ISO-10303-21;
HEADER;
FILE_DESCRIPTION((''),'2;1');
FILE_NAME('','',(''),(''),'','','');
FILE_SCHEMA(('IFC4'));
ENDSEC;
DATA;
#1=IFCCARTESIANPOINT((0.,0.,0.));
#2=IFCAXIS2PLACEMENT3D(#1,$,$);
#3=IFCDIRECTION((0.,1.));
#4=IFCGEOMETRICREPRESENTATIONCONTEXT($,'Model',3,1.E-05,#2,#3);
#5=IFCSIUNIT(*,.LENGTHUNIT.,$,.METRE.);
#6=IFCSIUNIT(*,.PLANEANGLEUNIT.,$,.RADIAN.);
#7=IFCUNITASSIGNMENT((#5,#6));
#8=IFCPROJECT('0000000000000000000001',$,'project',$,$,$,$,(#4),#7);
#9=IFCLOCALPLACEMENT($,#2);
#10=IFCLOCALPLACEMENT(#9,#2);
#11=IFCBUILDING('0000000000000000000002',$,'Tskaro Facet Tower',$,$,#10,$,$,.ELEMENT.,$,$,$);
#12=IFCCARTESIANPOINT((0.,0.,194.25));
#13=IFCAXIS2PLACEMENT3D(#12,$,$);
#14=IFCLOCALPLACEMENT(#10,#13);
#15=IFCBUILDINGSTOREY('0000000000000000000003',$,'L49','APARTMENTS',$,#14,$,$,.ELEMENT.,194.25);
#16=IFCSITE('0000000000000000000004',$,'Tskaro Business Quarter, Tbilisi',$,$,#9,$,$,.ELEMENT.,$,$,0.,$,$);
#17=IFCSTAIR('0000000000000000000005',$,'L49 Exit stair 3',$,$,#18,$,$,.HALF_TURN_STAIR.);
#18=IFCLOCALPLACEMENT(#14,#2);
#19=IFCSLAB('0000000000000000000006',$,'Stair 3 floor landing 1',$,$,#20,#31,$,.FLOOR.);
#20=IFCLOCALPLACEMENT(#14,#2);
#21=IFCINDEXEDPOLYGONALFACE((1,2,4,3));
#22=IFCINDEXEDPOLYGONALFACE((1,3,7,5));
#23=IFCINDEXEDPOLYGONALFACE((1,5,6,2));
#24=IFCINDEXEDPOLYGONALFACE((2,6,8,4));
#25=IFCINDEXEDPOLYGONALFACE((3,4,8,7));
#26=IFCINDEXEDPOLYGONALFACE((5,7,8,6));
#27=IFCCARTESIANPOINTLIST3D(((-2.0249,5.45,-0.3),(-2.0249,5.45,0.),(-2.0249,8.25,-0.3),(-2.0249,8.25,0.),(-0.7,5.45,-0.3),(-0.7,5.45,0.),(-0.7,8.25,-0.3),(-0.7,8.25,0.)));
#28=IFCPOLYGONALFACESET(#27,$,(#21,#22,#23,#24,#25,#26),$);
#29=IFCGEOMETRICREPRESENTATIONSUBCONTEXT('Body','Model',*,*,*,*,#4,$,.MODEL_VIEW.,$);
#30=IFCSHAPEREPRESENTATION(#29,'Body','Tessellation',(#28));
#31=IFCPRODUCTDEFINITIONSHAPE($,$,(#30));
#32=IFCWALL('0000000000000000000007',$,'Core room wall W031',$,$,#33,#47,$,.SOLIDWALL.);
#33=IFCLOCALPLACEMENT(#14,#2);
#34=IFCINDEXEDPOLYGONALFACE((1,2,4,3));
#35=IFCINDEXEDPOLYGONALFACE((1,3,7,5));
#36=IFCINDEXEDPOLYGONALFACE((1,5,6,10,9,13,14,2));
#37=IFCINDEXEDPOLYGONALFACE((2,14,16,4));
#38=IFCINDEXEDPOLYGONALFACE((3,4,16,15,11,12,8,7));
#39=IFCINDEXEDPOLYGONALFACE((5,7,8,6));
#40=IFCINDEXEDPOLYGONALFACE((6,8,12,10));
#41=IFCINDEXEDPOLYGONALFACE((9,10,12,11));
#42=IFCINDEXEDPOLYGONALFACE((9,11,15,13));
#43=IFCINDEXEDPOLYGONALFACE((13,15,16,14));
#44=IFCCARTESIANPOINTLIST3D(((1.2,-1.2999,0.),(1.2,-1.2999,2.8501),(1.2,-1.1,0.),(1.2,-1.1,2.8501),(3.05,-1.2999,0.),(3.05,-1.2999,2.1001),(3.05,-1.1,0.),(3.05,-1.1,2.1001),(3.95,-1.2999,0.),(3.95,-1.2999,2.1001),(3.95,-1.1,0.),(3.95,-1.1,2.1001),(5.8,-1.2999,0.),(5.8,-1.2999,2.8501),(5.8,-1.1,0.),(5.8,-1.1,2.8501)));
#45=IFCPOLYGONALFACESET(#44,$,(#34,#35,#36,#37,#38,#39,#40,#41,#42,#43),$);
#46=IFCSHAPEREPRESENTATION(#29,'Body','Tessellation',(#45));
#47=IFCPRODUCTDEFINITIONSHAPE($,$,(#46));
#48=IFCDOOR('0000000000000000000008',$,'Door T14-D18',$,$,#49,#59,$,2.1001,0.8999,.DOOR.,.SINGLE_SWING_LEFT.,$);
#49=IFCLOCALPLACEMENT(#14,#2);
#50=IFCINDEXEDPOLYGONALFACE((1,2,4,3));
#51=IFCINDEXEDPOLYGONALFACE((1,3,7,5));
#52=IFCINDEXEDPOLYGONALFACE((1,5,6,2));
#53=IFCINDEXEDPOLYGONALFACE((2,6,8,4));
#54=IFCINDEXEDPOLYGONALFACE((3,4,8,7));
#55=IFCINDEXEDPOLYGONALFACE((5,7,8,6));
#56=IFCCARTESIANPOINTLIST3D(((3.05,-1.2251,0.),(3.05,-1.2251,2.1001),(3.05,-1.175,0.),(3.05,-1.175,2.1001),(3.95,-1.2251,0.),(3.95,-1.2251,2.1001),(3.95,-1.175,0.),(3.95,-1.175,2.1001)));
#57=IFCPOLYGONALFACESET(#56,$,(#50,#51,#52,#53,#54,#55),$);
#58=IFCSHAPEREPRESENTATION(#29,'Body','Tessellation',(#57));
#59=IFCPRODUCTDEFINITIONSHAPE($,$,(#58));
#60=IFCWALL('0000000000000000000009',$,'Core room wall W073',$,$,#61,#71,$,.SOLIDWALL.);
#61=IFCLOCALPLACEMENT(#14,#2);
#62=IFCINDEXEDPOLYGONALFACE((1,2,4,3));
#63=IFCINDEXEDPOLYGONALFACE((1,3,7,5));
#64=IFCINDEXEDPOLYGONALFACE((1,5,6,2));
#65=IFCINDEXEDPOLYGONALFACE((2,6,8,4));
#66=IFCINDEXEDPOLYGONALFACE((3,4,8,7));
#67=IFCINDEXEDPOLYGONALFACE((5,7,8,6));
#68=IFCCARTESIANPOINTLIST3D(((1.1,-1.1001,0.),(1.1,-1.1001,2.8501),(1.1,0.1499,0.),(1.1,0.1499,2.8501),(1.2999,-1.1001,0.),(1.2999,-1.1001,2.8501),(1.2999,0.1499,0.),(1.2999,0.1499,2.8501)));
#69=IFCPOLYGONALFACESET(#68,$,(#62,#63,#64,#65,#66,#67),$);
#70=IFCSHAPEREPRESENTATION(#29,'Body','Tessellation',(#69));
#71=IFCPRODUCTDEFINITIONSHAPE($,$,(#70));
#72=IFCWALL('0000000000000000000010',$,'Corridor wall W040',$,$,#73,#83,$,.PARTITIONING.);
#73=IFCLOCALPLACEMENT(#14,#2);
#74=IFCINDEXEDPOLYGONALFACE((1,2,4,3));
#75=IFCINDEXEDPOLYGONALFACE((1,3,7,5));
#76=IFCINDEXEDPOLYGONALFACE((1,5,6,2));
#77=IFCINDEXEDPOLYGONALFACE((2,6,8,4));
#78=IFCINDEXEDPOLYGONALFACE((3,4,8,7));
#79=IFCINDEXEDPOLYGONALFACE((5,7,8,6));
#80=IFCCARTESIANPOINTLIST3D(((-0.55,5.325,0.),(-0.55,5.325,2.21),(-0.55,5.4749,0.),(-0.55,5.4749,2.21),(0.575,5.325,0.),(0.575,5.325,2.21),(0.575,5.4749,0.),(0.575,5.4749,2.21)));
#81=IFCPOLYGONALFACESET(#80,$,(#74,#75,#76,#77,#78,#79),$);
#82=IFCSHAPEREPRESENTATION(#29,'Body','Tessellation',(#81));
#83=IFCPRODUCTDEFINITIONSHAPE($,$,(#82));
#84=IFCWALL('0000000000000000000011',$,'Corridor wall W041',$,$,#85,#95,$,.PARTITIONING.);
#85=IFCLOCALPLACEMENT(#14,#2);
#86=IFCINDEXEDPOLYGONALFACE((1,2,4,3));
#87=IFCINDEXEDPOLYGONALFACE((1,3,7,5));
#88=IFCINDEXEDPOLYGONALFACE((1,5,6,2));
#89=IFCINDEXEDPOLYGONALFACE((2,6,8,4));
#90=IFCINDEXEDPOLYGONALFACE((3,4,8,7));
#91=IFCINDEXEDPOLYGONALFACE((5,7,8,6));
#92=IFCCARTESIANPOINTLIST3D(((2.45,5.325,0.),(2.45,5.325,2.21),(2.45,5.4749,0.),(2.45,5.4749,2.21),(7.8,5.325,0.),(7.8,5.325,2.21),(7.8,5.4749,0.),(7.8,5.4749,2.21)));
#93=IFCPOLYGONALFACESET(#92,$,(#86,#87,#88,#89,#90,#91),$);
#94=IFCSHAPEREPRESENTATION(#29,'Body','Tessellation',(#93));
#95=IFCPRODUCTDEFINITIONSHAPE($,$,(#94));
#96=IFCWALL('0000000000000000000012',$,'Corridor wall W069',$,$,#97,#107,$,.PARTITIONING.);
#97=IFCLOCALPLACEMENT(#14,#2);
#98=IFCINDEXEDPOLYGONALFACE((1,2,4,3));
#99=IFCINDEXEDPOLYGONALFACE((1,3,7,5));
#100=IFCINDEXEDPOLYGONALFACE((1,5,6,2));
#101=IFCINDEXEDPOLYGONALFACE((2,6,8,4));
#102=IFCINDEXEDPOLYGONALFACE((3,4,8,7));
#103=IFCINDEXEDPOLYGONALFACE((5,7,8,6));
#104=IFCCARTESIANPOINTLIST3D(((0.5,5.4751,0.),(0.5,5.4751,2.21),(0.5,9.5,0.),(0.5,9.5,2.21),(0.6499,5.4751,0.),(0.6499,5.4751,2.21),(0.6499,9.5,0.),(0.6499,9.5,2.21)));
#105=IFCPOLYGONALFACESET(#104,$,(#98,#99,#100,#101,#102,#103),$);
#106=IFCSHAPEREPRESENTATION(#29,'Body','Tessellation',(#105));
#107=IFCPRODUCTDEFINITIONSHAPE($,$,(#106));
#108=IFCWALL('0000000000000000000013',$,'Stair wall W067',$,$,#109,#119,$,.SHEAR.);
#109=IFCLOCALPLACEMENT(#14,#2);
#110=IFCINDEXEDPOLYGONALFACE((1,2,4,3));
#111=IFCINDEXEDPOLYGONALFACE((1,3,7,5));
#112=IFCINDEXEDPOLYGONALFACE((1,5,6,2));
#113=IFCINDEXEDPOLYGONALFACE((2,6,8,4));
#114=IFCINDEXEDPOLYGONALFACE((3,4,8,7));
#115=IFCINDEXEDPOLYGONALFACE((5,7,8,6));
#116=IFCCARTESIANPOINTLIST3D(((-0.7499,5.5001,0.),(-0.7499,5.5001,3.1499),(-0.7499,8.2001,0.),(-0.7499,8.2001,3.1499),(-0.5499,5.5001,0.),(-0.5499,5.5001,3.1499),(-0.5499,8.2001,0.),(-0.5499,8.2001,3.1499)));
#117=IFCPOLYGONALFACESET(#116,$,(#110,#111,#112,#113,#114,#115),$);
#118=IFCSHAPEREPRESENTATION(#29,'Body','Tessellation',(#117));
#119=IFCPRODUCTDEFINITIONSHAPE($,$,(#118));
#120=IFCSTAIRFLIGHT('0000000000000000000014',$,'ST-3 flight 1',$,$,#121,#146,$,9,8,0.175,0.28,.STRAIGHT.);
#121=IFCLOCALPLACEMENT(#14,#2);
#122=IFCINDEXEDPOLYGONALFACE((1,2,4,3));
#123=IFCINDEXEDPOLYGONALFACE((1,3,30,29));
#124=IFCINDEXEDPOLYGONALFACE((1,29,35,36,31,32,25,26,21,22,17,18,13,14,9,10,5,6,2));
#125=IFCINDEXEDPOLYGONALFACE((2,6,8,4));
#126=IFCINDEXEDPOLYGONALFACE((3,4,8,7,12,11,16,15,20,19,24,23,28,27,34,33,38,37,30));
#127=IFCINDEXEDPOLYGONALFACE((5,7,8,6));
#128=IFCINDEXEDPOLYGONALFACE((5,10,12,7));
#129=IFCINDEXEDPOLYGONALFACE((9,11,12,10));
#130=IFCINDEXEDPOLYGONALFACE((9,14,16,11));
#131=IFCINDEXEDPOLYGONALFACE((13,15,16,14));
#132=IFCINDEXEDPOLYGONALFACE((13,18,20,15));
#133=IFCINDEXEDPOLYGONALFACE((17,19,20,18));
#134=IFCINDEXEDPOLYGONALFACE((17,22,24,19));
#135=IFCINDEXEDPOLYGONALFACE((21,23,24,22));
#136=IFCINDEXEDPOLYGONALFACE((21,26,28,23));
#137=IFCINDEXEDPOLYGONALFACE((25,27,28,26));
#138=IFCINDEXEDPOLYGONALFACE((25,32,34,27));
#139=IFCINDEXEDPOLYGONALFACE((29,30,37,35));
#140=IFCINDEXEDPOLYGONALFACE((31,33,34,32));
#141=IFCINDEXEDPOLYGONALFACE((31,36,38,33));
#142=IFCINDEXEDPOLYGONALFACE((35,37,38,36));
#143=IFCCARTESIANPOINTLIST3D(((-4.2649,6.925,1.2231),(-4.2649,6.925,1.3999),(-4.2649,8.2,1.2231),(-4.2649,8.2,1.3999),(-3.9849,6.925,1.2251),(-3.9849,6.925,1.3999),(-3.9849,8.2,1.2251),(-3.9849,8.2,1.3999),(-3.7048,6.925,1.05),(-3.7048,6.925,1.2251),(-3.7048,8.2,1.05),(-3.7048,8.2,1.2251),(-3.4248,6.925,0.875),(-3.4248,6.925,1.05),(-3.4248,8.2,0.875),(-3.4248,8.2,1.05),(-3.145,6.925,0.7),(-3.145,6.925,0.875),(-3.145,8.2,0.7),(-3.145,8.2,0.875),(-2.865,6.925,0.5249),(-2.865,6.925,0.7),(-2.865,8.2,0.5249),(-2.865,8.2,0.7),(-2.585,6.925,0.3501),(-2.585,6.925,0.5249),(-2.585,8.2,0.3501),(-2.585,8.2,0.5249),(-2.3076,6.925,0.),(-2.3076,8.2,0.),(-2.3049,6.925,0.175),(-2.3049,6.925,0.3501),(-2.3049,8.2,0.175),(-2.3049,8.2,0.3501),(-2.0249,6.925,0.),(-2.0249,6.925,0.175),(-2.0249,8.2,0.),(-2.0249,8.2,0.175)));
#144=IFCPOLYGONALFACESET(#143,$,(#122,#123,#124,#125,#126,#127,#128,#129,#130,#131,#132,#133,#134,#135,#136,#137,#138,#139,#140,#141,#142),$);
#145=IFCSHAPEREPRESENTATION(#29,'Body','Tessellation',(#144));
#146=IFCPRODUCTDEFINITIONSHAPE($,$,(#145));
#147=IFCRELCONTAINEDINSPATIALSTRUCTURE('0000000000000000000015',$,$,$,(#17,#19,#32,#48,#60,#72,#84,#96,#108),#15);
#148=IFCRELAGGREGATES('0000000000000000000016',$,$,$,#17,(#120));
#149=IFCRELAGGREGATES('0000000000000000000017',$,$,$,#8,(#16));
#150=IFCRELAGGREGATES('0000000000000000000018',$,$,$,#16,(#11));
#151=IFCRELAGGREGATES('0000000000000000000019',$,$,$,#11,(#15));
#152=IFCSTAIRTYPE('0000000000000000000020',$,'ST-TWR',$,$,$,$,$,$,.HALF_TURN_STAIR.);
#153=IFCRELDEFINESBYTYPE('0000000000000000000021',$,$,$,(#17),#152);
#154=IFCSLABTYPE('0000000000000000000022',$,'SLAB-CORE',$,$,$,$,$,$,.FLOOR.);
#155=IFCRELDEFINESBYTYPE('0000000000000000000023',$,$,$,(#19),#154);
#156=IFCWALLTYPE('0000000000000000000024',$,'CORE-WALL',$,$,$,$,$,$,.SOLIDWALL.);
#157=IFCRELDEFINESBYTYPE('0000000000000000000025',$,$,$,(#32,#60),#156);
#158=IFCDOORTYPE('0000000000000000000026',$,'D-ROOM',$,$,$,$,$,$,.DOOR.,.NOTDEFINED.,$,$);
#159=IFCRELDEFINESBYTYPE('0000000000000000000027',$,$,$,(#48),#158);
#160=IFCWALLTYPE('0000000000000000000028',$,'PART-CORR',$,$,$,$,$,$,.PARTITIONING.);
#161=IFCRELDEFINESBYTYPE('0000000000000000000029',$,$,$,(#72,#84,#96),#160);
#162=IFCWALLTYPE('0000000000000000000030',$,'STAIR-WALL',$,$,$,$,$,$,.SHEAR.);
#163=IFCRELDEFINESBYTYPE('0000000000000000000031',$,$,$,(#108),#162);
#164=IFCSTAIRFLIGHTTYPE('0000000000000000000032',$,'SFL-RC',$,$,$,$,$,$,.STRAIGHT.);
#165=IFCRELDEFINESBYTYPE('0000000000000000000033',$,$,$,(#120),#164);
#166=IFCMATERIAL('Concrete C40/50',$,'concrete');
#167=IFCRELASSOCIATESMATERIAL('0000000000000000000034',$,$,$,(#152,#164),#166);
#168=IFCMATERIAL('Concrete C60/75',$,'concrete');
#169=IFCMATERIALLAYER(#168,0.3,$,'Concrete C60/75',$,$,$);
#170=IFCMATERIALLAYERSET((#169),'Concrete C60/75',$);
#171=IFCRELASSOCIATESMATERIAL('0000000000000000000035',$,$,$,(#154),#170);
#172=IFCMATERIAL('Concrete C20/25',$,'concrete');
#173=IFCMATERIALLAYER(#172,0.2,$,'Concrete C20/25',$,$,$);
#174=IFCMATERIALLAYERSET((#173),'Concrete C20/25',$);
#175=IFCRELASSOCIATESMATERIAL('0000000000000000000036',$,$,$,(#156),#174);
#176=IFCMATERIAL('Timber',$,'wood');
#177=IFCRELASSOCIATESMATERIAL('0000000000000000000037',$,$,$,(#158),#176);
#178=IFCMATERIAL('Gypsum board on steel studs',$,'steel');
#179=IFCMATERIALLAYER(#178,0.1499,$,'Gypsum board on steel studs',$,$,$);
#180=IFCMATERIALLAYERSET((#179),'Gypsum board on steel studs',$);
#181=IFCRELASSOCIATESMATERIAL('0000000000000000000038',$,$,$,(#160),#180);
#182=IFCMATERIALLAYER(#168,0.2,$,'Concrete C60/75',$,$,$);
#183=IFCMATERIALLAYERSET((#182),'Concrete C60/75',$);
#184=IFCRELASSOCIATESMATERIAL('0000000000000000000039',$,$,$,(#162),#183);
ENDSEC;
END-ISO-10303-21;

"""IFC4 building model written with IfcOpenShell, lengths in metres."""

from ifc_helpers import new_model, si_unit, direction, frame, frame_2d, origin, place, context, subcontext, project, spatial, polyline, rectangle, outline, extrude, material, layer, layer_set, type_object, element, fill, aggregate, save


model = new_model("IFC4")

# Units and contexts
model_context = context("Model", 3, precision=1e-05, world=origin(), true_north=direction((0.0, 1.0)))
body_context = subcontext(model_context, "Body", "Model", "MODEL_VIEW")
ifc_project = project(units=[si_unit("LENGTHUNIT", "METRE"), si_unit("PLANEANGLEUNIT", "RADIAN")], contexts=[model_context])

# Site, building, storey
site_placement = place(None, origin())
site = spatial("IfcSite", under=ifc_project, at=site_placement, Name="Tskaro Business Quarter, Tbilisi", CompositionType="ELEMENT", RefElevation=0.0)
building_placement = place(site_placement, origin())
building = spatial("IfcBuilding", under=site, at=building_placement, Name="Tskaro Facet Tower", CompositionType="ELEMENT")
storey_placement = place(building_placement, frame((0.0, 0.0, 194.25)))
storey = spatial("IfcBuildingStorey", under=building, at=storey_placement, Name="L49", Description="APARTMENTS", CompositionType="ELEMENT", Elevation=194.25)

# Stair
ifc_material_1 = material(Name="Concrete C40/50", Category="concrete")
stair_type = type_object("IfcStairType", Name="ST-TWR", PredefinedType="HALF_TURN_STAIR", material=ifc_material_1)
stair_1_placement = place(storey_placement, origin())
stair_1 = element("IfcStair", 1, at=stair_1_placement, inside=storey, type_object=stair_type, Name="L49 Exit stair 3", PredefinedType="HALF_TURN_STAIR")

# Slab
ifc_material_2 = material(Name="Concrete C60/75", Category="concrete")
ifc_layer_1 = layer(ifc_material_2, 0.3, Name="Concrete C60/75")
ifc_layer_set_1 = layer_set([ifc_layer_1], Name="Concrete C60/75")
slab_type_1 = type_object("IfcSlabType", Name="SLAB-CORE", PredefinedType="FLOOR", material=ifc_layer_set_1)
slab_1_placement = place(storey_placement, frame((0.0, 0.0, -0.3)))
element("IfcSlab", 2, at=slab_1_placement, inside=storey, type_object=slab_type_1, Name="Stair 3 floor landing 1", PredefinedType="FLOOR", context=body_context, shape_type="SweptSolid", body=[
    extrude(outline(polyline([(-2.0249, 5.45), (-0.7, 5.45), (-0.7, 8.25), (-2.0249, 8.25), (-2.0249, 5.45)])), origin(), (0.0, 0.0, 1.0), 0.3),
])

# Wall, opening, door
ifc_material_3 = material(Name="Concrete C20/25", Category="concrete")
ifc_layer_2 = layer(ifc_material_3, 0.2, Name="Concrete C20/25")
ifc_layer_set_2 = layer_set([ifc_layer_2], Name="Concrete C20/25")
wall_type_1 = type_object("IfcWallType", Name="CORE-WALL", PredefinedType="SOLIDWALL", material=ifc_layer_set_2)
wall_1_placement = place(storey_placement, frame((1.2, -1.2, 0.0), z_axis=(0.0, 0.0, 1.0), x_axis=(1.0, 0.0, 0.0)))
wall_1 = element("IfcWall", 3, at=wall_1_placement, inside=storey, type_object=wall_type_1, Name="Core room wall W031", PredefinedType="SOLIDWALL", context=body_context, shape_type="SweptSolid", body=[
    extrude(rectangle(XDim=4.6001, YDim=0.2, at=frame_2d((2.3, 0.0))), origin(), (0.0, 0.0, 1.0), 2.8501),
])
opening_placement = place(wall_1_placement, frame((1.8501, 0.0, 0.0)))
opening = element("IfcOpeningElement", 4, at=opening_placement, cuts=wall_1, PredefinedType="OPENING", context=body_context, shape_type="SweptSolid", body=[
    extrude(rectangle(XDim=0.8999, YDim=2.1001, at=frame_2d((0.45, 1.05))), frame((0.0, 0.1099, 0.0), z_axis=(0.0, -1.0, 0.0), x_axis=(1.0, 0.0, 0.0)), (0.0, 0.0, 1.0), 0.22),
])
ifc_material_4 = material(Name="Timber", Category="wood")
door_type = type_object("IfcDoorType", Name="D-ROOM", OperationType="NOTDEFINED", PredefinedType="DOOR", material=ifc_material_4)
door_placement = place(opening_placement, origin())
door = element("IfcDoor", 5, at=door_placement, inside=storey, type_object=door_type, Name="Door T14-D18", OperationType="SINGLE_SWING_LEFT", OverallHeight=2.1001, OverallWidth=0.8999, PredefinedType="DOOR", context=body_context, shape_type="SweptSolid", body=[
    extrude(rectangle(XDim=0.8999, YDim=2.1001, at=frame_2d((0.45, 1.05))), frame((0.0, 0.0249, 0.0), z_axis=(0.0, -1.0, 0.0), x_axis=(1.0, 0.0, 0.0)), (0.0, 0.0, 1.0), 0.05),
])
fill(opening, door)

# Walls
wall_2_placement = place(storey_placement, frame((1.2, -1.1001, 0.0), z_axis=(0.0, 0.0, 1.0), x_axis=(0.0, 1.0, 0.0)))
element("IfcWall", 6, at=wall_2_placement, inside=storey, type_object=wall_type_1, Name="Core room wall W073", PredefinedType="SOLIDWALL", context=body_context, shape_type="SweptSolid", body=[
    extrude(rectangle(XDim=1.25, YDim=0.2, at=frame_2d((0.625, 0.0))), origin(), (0.0, 0.0, 1.0), 2.8501),
])
ifc_material_5 = material(Name="Gypsum board on steel studs", Category="steel")
ifc_layer_3 = layer(ifc_material_5, 0.1499, Name="Gypsum board on steel studs")
ifc_layer_set_3 = layer_set([ifc_layer_3], Name="Gypsum board on steel studs")
wall_type_2 = type_object("IfcWallType", Name="PART-CORR", PredefinedType="PARTITIONING", material=ifc_layer_set_3)
wall_3_placement = place(storey_placement, frame((-0.55, 5.3999, 0.0), z_axis=(0.0, 0.0, 1.0), x_axis=(1.0, 0.0, 0.0)))
element("IfcWall", 7, at=wall_3_placement, inside=storey, type_object=wall_type_2, Name="Corridor wall W040", PredefinedType="PARTITIONING", context=body_context, shape_type="SweptSolid", body=[
    extrude(rectangle(XDim=1.125, YDim=0.1499, at=frame_2d((0.5625, 0.0))), origin(), (0.0, 0.0, 1.0), 2.21),
])
wall_4_placement = place(storey_placement, frame((2.45, 5.3999, 0.0), z_axis=(0.0, 0.0, 1.0), x_axis=(1.0, 0.0, 0.0)))
element("IfcWall", 8, at=wall_4_placement, inside=storey, type_object=wall_type_2, Name="Corridor wall W041", PredefinedType="PARTITIONING", context=body_context, shape_type="SweptSolid", body=[
    extrude(rectangle(XDim=5.3501, YDim=0.1499, at=frame_2d((2.675, 0.0))), origin(), (0.0, 0.0, 1.0), 2.21),
])
wall_5_placement = place(storey_placement, frame((0.575, 5.4751, 0.0), z_axis=(0.0, 0.0, 1.0), x_axis=(0.0, 1.0, 0.0)))
element("IfcWall", 9, at=wall_5_placement, inside=storey, type_object=wall_type_2, Name="Corridor wall W069", PredefinedType="PARTITIONING", context=body_context, shape_type="SweptSolid", body=[
    extrude(rectangle(XDim=4.0249, YDim=0.1499, at=frame_2d((2.0125, 0.0))), origin(), (0.0, 0.0, 1.0), 2.21),
])
ifc_layer_4 = layer(ifc_material_2, 0.2, Name="Concrete C60/75")
ifc_layer_set_4 = layer_set([ifc_layer_4], Name="Concrete C60/75")
wall_type_3 = type_object("IfcWallType", Name="STAIR-WALL", PredefinedType="SHEAR", material=ifc_layer_set_4)
wall_6_placement = place(storey_placement, frame((-0.6499, 5.5, 0.0), z_axis=(0.0, 0.0, 1.0), x_axis=(0.0, 1.0, 0.0)))
element("IfcWall", 10, at=wall_6_placement, inside=storey, type_object=wall_type_3, Name="Stair wall W067", PredefinedType="SHEAR", context=body_context, shape_type="SweptSolid", body=[
    extrude(rectangle(XDim=2.7, YDim=0.2, at=frame_2d((1.3501, 0.0))), origin(), (0.0, 0.0, 1.0), 3.1499),
])

# Stair flight
stair_flight_type = type_object("IfcStairFlightType", Name="SFL-RC", PredefinedType="STRAIGHT", material=ifc_material_1)
stair_flight_placement = place(storey_placement, frame((-2.0249, 7.5625, 0.0), z_axis=(0.0, 0.0, 1.0), x_axis=(-1.0, 0.0, 0.0)))
stair_flight = element("IfcStairFlight", 11, at=stair_flight_placement, type_object=stair_flight_type, Name="ST-3 flight 1", NumberOfRisers=9, NumberOfTreads=8, PredefinedType="STRAIGHT", RiserHeight=0.175, TreadLength=0.28, context=body_context, shape_type="SweptSolid", body=[
    extrude(outline(polyline([(0.0, 0.0), (0.0, 0.175), (0.28, 0.175), (0.28, 0.3501), (0.5601, 0.3501), (0.5601, 0.5249), (0.8401, 0.5249), (0.8401, 0.7), (1.1201, 0.7), (1.1201, 0.875), (1.3999, 0.875), (1.3999, 1.05), (1.6799, 1.05), (1.6799, 1.2251), (1.96, 1.2251), (1.96, 1.3999), (2.24, 1.3999), (2.24, 1.575), (2.24, 1.2231), (0.2827, 0.0), (0.0, 0.0)])), frame((0.0, 0.6375, 0.0), z_axis=(0.0, -1.0, 0.0), x_axis=(1.0, 0.0, 0.0)), (0.0, 0.0, 1.0), 1.2749),
])
aggregate(stair_1, [stair_flight])

save(model, "model.ifc")
